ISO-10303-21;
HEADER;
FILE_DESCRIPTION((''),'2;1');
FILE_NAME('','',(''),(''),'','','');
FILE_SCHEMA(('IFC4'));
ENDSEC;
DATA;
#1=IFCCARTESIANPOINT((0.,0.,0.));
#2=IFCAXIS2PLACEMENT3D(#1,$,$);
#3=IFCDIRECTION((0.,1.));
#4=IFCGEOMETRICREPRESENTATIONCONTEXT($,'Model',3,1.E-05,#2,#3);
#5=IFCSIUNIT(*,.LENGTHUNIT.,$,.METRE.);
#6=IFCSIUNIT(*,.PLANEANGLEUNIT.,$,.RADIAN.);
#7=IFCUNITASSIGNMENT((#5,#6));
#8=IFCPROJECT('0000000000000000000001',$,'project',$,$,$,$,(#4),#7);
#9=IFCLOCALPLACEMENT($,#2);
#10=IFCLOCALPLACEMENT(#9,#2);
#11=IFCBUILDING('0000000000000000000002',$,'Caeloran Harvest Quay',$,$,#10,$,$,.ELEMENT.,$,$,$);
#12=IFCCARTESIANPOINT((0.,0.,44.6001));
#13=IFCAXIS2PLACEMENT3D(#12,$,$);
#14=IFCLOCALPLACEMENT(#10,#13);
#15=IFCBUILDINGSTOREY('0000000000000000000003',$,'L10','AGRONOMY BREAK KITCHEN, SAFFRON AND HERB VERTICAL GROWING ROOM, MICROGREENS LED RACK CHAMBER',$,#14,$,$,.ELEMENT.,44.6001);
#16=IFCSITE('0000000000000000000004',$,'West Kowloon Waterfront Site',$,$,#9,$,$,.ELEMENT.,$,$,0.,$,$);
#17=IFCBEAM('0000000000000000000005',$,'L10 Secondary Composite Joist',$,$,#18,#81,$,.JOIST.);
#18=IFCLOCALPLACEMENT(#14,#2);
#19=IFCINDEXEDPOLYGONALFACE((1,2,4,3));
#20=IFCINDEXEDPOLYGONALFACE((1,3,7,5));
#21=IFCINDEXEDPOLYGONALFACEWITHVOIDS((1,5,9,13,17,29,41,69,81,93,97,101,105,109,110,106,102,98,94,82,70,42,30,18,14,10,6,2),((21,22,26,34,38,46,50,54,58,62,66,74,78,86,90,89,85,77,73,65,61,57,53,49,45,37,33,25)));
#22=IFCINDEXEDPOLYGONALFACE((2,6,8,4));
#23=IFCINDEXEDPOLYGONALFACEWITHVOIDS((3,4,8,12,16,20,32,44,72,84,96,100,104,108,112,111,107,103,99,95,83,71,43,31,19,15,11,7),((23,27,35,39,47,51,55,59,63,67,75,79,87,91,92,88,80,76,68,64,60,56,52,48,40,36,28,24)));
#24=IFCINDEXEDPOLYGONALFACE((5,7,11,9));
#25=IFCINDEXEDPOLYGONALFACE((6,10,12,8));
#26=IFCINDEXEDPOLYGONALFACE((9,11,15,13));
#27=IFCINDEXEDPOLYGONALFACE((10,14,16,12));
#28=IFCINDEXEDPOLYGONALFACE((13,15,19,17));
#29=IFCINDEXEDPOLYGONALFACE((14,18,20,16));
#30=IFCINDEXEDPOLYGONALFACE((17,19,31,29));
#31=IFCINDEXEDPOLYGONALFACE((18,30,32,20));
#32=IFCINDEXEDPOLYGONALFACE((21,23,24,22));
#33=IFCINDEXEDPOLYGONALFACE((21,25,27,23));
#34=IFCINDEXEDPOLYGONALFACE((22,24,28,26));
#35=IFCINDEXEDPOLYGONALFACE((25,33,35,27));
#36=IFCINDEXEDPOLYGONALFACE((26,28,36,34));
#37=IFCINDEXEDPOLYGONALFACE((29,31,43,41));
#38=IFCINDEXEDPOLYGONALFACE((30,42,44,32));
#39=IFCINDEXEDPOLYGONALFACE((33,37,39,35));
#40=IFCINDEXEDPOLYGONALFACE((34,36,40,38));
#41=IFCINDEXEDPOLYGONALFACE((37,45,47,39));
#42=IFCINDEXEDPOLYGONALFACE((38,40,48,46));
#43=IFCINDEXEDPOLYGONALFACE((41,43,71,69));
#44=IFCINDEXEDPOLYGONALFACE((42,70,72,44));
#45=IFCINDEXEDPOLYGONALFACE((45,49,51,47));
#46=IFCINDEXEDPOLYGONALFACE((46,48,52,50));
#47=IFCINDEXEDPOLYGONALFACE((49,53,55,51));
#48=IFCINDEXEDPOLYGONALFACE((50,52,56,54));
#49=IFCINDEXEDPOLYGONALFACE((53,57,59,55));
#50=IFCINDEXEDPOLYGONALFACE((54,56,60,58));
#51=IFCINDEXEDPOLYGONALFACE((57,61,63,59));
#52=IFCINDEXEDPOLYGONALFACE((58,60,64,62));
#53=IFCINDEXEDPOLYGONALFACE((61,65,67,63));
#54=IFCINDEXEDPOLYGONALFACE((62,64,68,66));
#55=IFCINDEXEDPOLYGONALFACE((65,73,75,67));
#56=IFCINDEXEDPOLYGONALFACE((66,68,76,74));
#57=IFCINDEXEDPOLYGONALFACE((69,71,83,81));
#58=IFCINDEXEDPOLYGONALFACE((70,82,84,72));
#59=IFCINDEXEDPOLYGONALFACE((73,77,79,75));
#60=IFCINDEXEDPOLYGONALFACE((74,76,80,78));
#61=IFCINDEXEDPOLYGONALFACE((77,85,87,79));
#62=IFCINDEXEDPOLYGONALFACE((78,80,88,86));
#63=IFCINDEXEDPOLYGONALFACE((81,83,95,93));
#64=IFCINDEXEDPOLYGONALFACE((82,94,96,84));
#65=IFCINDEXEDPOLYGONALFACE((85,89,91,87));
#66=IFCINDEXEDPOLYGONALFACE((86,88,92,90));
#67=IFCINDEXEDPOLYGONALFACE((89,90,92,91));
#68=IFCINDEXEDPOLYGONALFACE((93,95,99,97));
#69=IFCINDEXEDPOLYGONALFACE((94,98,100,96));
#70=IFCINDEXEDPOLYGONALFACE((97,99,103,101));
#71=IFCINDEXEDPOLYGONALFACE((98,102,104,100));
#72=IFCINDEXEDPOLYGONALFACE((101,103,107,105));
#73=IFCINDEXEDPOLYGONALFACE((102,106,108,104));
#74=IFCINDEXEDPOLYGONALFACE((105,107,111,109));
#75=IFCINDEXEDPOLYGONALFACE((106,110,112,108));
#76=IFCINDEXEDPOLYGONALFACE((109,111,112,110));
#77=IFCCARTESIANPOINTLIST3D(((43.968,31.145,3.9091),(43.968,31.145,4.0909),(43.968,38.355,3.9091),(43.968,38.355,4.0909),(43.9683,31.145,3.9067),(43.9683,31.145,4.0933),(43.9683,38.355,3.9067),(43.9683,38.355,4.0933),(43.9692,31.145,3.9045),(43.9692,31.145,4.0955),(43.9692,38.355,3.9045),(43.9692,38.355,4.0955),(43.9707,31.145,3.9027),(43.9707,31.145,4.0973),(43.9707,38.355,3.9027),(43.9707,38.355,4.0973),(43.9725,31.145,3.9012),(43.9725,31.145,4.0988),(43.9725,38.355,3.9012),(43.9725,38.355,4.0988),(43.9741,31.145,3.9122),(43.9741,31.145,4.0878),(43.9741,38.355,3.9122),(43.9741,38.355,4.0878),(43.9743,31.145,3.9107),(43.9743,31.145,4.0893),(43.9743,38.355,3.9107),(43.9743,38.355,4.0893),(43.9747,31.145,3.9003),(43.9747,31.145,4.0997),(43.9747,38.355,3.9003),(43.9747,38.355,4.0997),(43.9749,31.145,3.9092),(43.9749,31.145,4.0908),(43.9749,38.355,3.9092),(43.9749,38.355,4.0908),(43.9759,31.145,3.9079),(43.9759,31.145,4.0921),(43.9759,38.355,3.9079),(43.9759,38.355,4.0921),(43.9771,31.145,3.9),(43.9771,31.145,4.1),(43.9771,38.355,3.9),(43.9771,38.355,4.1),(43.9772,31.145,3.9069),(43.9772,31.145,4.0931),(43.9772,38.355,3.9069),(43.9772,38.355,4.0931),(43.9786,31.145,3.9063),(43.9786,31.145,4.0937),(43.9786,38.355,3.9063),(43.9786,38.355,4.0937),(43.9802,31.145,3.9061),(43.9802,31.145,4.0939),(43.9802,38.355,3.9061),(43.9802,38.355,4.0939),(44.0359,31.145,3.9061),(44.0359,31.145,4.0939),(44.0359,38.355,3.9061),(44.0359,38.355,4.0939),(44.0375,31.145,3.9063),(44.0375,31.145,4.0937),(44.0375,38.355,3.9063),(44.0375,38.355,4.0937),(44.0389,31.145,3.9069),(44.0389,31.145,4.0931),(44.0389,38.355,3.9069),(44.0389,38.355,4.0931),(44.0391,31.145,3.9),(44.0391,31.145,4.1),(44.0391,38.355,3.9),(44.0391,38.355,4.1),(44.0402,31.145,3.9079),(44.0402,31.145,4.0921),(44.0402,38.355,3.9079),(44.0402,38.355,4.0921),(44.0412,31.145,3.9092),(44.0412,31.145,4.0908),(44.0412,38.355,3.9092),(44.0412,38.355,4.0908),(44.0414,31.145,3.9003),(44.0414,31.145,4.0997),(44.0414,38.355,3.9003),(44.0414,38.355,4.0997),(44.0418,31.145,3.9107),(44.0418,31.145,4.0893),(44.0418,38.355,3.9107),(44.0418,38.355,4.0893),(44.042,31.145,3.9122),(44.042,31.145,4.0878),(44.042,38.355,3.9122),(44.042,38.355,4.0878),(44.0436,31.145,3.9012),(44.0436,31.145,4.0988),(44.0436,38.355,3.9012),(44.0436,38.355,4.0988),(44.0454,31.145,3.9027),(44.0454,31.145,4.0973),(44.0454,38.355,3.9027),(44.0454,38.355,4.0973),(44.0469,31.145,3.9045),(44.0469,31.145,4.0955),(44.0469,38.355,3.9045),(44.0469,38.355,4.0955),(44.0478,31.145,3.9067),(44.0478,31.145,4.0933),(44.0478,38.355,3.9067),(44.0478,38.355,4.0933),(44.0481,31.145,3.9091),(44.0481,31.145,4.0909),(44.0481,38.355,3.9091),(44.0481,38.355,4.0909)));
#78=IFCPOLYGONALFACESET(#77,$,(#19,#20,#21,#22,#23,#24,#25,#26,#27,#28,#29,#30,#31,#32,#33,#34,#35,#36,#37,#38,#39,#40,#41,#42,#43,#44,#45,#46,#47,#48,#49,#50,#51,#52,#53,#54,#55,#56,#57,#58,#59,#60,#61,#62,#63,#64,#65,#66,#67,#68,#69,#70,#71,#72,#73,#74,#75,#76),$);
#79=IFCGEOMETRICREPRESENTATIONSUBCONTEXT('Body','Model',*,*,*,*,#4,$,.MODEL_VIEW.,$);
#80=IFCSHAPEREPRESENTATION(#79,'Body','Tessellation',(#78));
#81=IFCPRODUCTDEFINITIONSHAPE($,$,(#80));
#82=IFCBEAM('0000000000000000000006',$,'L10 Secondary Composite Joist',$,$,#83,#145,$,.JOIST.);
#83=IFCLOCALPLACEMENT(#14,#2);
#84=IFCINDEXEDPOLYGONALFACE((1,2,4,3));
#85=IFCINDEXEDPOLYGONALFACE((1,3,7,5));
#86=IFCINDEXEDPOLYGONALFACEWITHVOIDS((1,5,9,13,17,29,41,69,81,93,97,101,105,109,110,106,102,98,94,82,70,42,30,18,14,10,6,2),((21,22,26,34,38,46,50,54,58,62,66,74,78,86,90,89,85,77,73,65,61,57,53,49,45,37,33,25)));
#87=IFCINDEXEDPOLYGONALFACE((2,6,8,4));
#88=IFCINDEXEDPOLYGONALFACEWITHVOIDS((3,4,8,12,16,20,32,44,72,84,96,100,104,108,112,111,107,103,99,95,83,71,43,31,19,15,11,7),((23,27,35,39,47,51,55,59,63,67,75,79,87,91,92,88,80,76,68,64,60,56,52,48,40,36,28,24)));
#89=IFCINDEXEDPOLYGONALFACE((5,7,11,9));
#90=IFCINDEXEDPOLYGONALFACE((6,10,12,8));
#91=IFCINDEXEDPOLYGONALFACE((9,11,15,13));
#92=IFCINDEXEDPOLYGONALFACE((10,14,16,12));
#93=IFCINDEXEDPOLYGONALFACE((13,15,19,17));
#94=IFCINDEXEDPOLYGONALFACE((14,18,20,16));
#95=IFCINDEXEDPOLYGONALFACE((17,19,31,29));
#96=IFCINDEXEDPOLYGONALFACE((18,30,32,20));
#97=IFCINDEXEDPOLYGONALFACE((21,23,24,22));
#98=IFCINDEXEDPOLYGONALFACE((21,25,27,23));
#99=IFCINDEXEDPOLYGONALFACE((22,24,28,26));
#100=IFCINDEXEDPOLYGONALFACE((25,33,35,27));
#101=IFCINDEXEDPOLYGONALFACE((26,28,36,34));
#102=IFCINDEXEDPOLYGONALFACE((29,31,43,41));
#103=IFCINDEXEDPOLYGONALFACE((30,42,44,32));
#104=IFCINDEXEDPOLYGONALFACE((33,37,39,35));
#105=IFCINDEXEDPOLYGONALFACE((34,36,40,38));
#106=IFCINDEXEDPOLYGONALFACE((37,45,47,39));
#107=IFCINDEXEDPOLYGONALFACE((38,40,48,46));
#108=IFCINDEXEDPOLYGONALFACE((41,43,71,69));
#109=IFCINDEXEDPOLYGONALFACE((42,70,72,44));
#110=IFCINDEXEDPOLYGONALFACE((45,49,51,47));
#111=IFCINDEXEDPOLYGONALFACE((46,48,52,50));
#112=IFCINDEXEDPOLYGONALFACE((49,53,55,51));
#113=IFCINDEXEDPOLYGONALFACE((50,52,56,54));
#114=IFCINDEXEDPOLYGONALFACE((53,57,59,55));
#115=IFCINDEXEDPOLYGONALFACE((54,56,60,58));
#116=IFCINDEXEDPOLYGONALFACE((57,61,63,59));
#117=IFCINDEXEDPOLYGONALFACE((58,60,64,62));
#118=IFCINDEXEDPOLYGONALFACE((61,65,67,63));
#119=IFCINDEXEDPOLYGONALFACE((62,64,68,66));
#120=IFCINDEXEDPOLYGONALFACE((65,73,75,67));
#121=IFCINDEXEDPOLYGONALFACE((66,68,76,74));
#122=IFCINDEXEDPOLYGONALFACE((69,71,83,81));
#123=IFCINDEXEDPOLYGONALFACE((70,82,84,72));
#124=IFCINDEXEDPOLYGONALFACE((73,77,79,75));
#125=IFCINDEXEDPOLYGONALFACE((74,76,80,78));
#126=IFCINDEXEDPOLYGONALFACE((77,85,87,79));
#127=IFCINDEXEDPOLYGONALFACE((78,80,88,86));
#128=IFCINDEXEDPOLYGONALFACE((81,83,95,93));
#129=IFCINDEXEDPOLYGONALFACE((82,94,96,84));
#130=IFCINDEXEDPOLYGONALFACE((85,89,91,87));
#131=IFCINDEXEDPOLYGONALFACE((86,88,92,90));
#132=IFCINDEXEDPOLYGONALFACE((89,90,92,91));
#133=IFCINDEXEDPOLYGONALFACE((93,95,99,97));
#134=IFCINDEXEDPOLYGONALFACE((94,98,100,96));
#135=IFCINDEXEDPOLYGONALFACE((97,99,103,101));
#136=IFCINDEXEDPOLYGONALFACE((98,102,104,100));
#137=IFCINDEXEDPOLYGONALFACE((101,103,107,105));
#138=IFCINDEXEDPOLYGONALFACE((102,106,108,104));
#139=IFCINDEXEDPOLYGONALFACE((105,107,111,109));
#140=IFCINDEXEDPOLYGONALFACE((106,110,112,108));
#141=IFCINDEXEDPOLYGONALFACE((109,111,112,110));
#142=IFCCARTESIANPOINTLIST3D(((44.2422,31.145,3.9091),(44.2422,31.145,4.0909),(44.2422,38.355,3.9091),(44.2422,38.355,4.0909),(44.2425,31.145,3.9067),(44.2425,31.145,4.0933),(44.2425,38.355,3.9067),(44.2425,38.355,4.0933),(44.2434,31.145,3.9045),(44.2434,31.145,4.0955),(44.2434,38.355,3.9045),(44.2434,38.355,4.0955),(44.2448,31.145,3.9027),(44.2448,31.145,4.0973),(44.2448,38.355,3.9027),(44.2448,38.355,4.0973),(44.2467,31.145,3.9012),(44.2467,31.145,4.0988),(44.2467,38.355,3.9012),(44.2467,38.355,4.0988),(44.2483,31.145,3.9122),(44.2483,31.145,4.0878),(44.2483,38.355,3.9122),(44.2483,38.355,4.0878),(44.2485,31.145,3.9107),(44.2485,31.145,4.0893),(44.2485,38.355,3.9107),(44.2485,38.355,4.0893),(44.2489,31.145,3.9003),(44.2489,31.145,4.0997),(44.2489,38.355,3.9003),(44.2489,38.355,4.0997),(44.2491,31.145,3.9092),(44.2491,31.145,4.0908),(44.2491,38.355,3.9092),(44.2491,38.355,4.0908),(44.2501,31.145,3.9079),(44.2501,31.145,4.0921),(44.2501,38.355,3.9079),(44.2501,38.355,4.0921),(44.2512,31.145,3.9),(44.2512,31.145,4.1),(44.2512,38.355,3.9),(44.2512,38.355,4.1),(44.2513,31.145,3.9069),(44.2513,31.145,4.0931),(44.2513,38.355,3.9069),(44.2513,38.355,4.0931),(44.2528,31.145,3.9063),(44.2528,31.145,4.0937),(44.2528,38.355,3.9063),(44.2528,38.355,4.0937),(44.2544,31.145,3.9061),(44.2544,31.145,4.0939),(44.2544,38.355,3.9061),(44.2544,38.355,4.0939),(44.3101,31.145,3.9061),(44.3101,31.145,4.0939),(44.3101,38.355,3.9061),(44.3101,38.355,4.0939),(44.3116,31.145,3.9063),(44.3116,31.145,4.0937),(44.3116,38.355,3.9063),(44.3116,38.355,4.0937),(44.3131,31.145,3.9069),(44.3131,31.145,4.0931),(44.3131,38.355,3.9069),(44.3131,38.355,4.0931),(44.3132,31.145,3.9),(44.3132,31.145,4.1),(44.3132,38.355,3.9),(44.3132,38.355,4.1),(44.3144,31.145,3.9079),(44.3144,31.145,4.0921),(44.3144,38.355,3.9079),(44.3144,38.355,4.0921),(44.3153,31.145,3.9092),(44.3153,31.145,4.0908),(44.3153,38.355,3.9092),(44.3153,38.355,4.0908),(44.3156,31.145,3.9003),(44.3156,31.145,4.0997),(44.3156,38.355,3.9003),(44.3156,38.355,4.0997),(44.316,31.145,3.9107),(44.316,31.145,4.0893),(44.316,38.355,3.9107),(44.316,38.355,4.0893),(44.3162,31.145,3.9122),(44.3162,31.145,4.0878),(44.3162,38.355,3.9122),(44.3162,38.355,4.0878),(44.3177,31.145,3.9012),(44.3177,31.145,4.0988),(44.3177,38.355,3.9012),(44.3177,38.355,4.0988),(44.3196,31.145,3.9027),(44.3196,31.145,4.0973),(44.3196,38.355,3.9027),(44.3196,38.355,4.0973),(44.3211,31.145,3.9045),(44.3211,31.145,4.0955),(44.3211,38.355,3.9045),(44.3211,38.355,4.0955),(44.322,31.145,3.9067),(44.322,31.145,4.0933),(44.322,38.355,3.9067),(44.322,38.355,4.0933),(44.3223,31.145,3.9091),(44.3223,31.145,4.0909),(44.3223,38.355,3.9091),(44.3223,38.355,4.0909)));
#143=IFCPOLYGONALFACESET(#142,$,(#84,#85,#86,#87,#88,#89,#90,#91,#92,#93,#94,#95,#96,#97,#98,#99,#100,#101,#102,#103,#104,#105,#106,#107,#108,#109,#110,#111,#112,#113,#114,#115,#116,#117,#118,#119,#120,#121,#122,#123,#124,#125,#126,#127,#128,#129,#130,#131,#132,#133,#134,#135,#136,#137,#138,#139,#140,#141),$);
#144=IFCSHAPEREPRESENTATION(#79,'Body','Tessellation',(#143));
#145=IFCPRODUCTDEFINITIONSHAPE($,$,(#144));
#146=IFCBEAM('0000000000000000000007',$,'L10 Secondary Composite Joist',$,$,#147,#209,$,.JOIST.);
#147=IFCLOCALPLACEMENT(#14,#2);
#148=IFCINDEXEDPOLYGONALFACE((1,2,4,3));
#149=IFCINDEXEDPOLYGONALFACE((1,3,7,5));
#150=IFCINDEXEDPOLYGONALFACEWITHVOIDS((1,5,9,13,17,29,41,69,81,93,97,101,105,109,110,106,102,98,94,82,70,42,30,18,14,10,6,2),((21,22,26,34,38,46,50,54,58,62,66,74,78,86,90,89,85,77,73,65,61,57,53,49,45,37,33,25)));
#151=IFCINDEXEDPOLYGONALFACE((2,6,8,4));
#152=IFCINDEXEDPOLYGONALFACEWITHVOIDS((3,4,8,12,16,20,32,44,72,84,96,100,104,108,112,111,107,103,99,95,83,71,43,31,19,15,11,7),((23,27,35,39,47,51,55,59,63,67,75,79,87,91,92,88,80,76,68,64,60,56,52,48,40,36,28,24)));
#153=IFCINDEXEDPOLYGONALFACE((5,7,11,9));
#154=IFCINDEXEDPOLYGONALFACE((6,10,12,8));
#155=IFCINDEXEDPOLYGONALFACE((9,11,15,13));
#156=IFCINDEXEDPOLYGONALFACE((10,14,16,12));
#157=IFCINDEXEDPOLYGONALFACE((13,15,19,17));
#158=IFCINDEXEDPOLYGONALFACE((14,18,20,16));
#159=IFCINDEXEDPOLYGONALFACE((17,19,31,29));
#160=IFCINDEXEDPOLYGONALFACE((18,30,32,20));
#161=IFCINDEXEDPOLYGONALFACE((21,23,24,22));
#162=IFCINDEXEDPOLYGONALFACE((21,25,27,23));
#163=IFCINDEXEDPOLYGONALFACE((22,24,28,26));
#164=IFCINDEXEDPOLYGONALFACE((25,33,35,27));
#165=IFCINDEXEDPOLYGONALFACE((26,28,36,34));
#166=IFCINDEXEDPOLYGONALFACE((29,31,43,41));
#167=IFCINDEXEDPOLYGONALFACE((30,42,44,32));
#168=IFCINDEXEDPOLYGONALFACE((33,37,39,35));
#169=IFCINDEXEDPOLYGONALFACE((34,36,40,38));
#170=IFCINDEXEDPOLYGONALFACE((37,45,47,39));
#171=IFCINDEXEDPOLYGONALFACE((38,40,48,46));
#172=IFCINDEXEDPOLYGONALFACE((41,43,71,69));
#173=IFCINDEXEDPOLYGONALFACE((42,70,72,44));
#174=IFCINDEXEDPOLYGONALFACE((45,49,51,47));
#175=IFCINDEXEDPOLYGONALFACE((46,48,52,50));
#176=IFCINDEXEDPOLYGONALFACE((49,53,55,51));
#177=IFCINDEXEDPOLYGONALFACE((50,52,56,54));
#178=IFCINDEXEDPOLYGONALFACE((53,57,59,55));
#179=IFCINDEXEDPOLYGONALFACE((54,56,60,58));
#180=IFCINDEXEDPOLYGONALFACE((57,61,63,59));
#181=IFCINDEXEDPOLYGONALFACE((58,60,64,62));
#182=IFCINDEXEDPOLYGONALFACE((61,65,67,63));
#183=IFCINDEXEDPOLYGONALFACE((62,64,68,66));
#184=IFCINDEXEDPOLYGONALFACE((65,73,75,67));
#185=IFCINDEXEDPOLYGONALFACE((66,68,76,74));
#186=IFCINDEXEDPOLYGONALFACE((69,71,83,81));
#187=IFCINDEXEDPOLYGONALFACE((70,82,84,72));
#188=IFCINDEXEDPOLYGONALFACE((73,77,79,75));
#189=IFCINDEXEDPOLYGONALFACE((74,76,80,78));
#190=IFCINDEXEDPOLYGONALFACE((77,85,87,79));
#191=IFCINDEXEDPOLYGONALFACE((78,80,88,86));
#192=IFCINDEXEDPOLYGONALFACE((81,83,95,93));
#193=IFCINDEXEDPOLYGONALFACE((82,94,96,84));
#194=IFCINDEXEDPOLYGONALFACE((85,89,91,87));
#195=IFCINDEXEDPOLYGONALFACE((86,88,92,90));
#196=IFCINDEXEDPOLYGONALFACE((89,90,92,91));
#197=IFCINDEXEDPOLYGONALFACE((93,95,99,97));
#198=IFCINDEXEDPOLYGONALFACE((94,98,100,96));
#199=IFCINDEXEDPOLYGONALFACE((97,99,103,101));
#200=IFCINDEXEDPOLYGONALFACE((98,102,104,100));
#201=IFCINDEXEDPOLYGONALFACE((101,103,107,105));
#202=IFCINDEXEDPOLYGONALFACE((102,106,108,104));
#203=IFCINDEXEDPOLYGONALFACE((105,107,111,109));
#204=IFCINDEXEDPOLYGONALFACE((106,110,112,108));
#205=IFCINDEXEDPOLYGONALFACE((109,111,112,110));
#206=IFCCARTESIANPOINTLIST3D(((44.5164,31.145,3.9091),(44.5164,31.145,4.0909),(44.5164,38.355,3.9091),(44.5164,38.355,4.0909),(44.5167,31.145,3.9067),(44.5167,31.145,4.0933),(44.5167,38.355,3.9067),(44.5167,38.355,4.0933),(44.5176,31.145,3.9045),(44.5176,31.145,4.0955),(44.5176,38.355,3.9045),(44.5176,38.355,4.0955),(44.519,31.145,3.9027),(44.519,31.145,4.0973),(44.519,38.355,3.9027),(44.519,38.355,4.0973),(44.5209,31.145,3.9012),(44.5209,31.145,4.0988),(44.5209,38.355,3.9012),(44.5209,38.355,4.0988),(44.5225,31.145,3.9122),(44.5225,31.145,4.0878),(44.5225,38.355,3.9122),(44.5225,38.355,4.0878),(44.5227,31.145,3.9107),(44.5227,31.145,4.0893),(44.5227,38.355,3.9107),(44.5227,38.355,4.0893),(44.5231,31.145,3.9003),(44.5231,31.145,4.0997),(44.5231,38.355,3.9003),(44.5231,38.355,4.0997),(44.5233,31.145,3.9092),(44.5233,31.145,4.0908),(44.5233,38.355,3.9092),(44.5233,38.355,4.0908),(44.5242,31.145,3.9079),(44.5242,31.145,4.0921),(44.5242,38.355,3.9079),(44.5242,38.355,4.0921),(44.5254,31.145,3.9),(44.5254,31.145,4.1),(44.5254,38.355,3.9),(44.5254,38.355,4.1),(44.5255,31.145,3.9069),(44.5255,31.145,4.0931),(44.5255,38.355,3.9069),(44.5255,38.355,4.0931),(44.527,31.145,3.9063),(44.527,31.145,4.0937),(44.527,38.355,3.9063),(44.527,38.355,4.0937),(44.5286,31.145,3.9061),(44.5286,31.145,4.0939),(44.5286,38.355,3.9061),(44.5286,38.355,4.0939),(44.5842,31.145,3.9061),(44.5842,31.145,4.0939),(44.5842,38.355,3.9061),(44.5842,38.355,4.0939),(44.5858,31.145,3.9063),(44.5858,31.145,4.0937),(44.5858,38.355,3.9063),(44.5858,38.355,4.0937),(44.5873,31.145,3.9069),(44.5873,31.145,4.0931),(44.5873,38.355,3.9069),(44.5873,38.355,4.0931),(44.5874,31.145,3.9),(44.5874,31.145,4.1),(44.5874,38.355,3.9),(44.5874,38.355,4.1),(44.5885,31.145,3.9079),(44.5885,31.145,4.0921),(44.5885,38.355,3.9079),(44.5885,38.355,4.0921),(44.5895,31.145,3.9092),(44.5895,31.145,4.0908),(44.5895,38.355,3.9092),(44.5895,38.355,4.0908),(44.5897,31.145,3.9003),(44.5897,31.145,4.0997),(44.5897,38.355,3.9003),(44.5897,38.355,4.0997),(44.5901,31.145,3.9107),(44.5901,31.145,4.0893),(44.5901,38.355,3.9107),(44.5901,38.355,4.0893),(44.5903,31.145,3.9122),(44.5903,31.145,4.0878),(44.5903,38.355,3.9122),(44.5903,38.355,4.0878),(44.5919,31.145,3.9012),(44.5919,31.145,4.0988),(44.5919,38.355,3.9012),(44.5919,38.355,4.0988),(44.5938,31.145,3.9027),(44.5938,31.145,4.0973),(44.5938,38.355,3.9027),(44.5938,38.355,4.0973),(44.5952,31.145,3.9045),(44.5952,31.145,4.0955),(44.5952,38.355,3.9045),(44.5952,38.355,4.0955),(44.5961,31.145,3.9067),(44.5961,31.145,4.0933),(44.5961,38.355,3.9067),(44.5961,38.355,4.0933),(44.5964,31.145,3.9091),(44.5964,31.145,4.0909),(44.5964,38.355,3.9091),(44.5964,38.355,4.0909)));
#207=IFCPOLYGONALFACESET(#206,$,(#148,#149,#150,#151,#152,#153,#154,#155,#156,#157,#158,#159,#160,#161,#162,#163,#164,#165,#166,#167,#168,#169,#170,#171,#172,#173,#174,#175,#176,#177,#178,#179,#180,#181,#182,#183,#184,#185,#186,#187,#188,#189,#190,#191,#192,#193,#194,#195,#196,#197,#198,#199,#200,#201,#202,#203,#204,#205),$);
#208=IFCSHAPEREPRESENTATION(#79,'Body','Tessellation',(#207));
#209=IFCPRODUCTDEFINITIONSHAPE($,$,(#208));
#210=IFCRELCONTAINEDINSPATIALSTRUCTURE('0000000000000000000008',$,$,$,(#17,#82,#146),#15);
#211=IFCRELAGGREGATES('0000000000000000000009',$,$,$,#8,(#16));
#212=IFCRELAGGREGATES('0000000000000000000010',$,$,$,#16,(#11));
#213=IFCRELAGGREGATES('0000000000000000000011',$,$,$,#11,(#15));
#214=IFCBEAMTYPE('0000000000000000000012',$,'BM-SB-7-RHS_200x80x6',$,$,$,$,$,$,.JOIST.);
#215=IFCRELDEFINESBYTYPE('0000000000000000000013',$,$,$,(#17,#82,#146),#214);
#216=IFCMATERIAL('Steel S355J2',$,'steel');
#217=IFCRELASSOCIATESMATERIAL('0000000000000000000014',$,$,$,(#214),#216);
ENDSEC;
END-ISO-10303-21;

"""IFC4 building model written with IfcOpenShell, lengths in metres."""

from ifc_helpers import new_model, si_unit, direction, frame, origin, origin_2d, place, context, subcontext, project, spatial, hollow_rectangle, extrude, material, material_profile, profile_set, type_object, element, save


model = new_model("IFC4")

# Units and contexts
model_context = context("Model", 3, precision=1e-05, world=origin(), true_north=direction((0.0, 1.0)))
body_context = subcontext(model_context, "Body", "Model", "MODEL_VIEW")
ifc_project = project(units=[si_unit("LENGTHUNIT", "METRE"), si_unit("PLANEANGLEUNIT", "RADIAN")], contexts=[model_context])

# Site, building, storey
site_placement = place(None, origin())
site = spatial("IfcSite", under=ifc_project, at=site_placement, Name="West Kowloon Waterfront Site", CompositionType="ELEMENT", RefElevation=0.0)
building_placement = place(site_placement, origin())
building = spatial("IfcBuilding", under=site, at=building_placement, Name="Caeloran Harvest Quay", CompositionType="ELEMENT")
storey_placement = place(building_placement, frame((0.0, 0.0, 44.6001)))
storey = spatial("IfcBuildingStorey", under=building, at=storey_placement, Name="L10", Description="AGRONOMY BREAK KITCHEN, SAFFRON AND HERB VERTICAL GROWING ROOM, MICROGREENS LED RACK CHAMBER", CompositionType="ELEMENT", Elevation=44.6001)

# Beams
ifc_material_1 = material(Name="Steel S355J2", Category="steel")
ifc_material_profile_1 = material_profile(ifc_material_1, hollow_rectangle(XDim=0.0801, YDim=0.2, WallThickness=0.0061, InnerFilletRadius=0.0061, OuterFilletRadius=0.009, at=origin_2d()), Name="RHS 200x80x6")
ifc_profile_set_1 = profile_set([ifc_material_profile_1], Name="Steel S355J2")
beam_type_1 = type_object("IfcBeamType", Name="BM-SB-7-RHS_200x80x6", PredefinedType="JOIST", material=ifc_profile_set_1)
for number, where, z_axis, x_axis, name in (
    (1, (44.0081, 31.145, 4.0), (0.0, 1.0, 0.0), (-1.0, 0.0, 0.0), "L10 Secondary Composite Joist"),
    (2, (44.2822, 31.145, 4.0), (0.0, 1.0, 0.0), (-1.0, 0.0, 0.0), "L10 Secondary Composite Joist"),
    (3, (44.5564, 31.145, 4.0), (0.0, 1.0, 0.0), (-1.0, 0.0, 0.0), "L10 Secondary Composite Joist"),
):
    element("IfcBeam", number, at=place(storey_placement, frame(where, z_axis=z_axis, x_axis=x_axis)), inside=storey, type_object=beam_type_1, Name=name, PredefinedType="JOIST", context=body_context, shape_type="SweptSolid", body=[
        extrude(hollow_rectangle(XDim=0.0801, YDim=0.2, WallThickness=0.0061, InnerFilletRadius=0.0061, OuterFilletRadius=0.009, at=origin_2d()), origin(), (0.0, 0.0, 1.0), 7.21),
    ])

save(model, "model.ifc")
